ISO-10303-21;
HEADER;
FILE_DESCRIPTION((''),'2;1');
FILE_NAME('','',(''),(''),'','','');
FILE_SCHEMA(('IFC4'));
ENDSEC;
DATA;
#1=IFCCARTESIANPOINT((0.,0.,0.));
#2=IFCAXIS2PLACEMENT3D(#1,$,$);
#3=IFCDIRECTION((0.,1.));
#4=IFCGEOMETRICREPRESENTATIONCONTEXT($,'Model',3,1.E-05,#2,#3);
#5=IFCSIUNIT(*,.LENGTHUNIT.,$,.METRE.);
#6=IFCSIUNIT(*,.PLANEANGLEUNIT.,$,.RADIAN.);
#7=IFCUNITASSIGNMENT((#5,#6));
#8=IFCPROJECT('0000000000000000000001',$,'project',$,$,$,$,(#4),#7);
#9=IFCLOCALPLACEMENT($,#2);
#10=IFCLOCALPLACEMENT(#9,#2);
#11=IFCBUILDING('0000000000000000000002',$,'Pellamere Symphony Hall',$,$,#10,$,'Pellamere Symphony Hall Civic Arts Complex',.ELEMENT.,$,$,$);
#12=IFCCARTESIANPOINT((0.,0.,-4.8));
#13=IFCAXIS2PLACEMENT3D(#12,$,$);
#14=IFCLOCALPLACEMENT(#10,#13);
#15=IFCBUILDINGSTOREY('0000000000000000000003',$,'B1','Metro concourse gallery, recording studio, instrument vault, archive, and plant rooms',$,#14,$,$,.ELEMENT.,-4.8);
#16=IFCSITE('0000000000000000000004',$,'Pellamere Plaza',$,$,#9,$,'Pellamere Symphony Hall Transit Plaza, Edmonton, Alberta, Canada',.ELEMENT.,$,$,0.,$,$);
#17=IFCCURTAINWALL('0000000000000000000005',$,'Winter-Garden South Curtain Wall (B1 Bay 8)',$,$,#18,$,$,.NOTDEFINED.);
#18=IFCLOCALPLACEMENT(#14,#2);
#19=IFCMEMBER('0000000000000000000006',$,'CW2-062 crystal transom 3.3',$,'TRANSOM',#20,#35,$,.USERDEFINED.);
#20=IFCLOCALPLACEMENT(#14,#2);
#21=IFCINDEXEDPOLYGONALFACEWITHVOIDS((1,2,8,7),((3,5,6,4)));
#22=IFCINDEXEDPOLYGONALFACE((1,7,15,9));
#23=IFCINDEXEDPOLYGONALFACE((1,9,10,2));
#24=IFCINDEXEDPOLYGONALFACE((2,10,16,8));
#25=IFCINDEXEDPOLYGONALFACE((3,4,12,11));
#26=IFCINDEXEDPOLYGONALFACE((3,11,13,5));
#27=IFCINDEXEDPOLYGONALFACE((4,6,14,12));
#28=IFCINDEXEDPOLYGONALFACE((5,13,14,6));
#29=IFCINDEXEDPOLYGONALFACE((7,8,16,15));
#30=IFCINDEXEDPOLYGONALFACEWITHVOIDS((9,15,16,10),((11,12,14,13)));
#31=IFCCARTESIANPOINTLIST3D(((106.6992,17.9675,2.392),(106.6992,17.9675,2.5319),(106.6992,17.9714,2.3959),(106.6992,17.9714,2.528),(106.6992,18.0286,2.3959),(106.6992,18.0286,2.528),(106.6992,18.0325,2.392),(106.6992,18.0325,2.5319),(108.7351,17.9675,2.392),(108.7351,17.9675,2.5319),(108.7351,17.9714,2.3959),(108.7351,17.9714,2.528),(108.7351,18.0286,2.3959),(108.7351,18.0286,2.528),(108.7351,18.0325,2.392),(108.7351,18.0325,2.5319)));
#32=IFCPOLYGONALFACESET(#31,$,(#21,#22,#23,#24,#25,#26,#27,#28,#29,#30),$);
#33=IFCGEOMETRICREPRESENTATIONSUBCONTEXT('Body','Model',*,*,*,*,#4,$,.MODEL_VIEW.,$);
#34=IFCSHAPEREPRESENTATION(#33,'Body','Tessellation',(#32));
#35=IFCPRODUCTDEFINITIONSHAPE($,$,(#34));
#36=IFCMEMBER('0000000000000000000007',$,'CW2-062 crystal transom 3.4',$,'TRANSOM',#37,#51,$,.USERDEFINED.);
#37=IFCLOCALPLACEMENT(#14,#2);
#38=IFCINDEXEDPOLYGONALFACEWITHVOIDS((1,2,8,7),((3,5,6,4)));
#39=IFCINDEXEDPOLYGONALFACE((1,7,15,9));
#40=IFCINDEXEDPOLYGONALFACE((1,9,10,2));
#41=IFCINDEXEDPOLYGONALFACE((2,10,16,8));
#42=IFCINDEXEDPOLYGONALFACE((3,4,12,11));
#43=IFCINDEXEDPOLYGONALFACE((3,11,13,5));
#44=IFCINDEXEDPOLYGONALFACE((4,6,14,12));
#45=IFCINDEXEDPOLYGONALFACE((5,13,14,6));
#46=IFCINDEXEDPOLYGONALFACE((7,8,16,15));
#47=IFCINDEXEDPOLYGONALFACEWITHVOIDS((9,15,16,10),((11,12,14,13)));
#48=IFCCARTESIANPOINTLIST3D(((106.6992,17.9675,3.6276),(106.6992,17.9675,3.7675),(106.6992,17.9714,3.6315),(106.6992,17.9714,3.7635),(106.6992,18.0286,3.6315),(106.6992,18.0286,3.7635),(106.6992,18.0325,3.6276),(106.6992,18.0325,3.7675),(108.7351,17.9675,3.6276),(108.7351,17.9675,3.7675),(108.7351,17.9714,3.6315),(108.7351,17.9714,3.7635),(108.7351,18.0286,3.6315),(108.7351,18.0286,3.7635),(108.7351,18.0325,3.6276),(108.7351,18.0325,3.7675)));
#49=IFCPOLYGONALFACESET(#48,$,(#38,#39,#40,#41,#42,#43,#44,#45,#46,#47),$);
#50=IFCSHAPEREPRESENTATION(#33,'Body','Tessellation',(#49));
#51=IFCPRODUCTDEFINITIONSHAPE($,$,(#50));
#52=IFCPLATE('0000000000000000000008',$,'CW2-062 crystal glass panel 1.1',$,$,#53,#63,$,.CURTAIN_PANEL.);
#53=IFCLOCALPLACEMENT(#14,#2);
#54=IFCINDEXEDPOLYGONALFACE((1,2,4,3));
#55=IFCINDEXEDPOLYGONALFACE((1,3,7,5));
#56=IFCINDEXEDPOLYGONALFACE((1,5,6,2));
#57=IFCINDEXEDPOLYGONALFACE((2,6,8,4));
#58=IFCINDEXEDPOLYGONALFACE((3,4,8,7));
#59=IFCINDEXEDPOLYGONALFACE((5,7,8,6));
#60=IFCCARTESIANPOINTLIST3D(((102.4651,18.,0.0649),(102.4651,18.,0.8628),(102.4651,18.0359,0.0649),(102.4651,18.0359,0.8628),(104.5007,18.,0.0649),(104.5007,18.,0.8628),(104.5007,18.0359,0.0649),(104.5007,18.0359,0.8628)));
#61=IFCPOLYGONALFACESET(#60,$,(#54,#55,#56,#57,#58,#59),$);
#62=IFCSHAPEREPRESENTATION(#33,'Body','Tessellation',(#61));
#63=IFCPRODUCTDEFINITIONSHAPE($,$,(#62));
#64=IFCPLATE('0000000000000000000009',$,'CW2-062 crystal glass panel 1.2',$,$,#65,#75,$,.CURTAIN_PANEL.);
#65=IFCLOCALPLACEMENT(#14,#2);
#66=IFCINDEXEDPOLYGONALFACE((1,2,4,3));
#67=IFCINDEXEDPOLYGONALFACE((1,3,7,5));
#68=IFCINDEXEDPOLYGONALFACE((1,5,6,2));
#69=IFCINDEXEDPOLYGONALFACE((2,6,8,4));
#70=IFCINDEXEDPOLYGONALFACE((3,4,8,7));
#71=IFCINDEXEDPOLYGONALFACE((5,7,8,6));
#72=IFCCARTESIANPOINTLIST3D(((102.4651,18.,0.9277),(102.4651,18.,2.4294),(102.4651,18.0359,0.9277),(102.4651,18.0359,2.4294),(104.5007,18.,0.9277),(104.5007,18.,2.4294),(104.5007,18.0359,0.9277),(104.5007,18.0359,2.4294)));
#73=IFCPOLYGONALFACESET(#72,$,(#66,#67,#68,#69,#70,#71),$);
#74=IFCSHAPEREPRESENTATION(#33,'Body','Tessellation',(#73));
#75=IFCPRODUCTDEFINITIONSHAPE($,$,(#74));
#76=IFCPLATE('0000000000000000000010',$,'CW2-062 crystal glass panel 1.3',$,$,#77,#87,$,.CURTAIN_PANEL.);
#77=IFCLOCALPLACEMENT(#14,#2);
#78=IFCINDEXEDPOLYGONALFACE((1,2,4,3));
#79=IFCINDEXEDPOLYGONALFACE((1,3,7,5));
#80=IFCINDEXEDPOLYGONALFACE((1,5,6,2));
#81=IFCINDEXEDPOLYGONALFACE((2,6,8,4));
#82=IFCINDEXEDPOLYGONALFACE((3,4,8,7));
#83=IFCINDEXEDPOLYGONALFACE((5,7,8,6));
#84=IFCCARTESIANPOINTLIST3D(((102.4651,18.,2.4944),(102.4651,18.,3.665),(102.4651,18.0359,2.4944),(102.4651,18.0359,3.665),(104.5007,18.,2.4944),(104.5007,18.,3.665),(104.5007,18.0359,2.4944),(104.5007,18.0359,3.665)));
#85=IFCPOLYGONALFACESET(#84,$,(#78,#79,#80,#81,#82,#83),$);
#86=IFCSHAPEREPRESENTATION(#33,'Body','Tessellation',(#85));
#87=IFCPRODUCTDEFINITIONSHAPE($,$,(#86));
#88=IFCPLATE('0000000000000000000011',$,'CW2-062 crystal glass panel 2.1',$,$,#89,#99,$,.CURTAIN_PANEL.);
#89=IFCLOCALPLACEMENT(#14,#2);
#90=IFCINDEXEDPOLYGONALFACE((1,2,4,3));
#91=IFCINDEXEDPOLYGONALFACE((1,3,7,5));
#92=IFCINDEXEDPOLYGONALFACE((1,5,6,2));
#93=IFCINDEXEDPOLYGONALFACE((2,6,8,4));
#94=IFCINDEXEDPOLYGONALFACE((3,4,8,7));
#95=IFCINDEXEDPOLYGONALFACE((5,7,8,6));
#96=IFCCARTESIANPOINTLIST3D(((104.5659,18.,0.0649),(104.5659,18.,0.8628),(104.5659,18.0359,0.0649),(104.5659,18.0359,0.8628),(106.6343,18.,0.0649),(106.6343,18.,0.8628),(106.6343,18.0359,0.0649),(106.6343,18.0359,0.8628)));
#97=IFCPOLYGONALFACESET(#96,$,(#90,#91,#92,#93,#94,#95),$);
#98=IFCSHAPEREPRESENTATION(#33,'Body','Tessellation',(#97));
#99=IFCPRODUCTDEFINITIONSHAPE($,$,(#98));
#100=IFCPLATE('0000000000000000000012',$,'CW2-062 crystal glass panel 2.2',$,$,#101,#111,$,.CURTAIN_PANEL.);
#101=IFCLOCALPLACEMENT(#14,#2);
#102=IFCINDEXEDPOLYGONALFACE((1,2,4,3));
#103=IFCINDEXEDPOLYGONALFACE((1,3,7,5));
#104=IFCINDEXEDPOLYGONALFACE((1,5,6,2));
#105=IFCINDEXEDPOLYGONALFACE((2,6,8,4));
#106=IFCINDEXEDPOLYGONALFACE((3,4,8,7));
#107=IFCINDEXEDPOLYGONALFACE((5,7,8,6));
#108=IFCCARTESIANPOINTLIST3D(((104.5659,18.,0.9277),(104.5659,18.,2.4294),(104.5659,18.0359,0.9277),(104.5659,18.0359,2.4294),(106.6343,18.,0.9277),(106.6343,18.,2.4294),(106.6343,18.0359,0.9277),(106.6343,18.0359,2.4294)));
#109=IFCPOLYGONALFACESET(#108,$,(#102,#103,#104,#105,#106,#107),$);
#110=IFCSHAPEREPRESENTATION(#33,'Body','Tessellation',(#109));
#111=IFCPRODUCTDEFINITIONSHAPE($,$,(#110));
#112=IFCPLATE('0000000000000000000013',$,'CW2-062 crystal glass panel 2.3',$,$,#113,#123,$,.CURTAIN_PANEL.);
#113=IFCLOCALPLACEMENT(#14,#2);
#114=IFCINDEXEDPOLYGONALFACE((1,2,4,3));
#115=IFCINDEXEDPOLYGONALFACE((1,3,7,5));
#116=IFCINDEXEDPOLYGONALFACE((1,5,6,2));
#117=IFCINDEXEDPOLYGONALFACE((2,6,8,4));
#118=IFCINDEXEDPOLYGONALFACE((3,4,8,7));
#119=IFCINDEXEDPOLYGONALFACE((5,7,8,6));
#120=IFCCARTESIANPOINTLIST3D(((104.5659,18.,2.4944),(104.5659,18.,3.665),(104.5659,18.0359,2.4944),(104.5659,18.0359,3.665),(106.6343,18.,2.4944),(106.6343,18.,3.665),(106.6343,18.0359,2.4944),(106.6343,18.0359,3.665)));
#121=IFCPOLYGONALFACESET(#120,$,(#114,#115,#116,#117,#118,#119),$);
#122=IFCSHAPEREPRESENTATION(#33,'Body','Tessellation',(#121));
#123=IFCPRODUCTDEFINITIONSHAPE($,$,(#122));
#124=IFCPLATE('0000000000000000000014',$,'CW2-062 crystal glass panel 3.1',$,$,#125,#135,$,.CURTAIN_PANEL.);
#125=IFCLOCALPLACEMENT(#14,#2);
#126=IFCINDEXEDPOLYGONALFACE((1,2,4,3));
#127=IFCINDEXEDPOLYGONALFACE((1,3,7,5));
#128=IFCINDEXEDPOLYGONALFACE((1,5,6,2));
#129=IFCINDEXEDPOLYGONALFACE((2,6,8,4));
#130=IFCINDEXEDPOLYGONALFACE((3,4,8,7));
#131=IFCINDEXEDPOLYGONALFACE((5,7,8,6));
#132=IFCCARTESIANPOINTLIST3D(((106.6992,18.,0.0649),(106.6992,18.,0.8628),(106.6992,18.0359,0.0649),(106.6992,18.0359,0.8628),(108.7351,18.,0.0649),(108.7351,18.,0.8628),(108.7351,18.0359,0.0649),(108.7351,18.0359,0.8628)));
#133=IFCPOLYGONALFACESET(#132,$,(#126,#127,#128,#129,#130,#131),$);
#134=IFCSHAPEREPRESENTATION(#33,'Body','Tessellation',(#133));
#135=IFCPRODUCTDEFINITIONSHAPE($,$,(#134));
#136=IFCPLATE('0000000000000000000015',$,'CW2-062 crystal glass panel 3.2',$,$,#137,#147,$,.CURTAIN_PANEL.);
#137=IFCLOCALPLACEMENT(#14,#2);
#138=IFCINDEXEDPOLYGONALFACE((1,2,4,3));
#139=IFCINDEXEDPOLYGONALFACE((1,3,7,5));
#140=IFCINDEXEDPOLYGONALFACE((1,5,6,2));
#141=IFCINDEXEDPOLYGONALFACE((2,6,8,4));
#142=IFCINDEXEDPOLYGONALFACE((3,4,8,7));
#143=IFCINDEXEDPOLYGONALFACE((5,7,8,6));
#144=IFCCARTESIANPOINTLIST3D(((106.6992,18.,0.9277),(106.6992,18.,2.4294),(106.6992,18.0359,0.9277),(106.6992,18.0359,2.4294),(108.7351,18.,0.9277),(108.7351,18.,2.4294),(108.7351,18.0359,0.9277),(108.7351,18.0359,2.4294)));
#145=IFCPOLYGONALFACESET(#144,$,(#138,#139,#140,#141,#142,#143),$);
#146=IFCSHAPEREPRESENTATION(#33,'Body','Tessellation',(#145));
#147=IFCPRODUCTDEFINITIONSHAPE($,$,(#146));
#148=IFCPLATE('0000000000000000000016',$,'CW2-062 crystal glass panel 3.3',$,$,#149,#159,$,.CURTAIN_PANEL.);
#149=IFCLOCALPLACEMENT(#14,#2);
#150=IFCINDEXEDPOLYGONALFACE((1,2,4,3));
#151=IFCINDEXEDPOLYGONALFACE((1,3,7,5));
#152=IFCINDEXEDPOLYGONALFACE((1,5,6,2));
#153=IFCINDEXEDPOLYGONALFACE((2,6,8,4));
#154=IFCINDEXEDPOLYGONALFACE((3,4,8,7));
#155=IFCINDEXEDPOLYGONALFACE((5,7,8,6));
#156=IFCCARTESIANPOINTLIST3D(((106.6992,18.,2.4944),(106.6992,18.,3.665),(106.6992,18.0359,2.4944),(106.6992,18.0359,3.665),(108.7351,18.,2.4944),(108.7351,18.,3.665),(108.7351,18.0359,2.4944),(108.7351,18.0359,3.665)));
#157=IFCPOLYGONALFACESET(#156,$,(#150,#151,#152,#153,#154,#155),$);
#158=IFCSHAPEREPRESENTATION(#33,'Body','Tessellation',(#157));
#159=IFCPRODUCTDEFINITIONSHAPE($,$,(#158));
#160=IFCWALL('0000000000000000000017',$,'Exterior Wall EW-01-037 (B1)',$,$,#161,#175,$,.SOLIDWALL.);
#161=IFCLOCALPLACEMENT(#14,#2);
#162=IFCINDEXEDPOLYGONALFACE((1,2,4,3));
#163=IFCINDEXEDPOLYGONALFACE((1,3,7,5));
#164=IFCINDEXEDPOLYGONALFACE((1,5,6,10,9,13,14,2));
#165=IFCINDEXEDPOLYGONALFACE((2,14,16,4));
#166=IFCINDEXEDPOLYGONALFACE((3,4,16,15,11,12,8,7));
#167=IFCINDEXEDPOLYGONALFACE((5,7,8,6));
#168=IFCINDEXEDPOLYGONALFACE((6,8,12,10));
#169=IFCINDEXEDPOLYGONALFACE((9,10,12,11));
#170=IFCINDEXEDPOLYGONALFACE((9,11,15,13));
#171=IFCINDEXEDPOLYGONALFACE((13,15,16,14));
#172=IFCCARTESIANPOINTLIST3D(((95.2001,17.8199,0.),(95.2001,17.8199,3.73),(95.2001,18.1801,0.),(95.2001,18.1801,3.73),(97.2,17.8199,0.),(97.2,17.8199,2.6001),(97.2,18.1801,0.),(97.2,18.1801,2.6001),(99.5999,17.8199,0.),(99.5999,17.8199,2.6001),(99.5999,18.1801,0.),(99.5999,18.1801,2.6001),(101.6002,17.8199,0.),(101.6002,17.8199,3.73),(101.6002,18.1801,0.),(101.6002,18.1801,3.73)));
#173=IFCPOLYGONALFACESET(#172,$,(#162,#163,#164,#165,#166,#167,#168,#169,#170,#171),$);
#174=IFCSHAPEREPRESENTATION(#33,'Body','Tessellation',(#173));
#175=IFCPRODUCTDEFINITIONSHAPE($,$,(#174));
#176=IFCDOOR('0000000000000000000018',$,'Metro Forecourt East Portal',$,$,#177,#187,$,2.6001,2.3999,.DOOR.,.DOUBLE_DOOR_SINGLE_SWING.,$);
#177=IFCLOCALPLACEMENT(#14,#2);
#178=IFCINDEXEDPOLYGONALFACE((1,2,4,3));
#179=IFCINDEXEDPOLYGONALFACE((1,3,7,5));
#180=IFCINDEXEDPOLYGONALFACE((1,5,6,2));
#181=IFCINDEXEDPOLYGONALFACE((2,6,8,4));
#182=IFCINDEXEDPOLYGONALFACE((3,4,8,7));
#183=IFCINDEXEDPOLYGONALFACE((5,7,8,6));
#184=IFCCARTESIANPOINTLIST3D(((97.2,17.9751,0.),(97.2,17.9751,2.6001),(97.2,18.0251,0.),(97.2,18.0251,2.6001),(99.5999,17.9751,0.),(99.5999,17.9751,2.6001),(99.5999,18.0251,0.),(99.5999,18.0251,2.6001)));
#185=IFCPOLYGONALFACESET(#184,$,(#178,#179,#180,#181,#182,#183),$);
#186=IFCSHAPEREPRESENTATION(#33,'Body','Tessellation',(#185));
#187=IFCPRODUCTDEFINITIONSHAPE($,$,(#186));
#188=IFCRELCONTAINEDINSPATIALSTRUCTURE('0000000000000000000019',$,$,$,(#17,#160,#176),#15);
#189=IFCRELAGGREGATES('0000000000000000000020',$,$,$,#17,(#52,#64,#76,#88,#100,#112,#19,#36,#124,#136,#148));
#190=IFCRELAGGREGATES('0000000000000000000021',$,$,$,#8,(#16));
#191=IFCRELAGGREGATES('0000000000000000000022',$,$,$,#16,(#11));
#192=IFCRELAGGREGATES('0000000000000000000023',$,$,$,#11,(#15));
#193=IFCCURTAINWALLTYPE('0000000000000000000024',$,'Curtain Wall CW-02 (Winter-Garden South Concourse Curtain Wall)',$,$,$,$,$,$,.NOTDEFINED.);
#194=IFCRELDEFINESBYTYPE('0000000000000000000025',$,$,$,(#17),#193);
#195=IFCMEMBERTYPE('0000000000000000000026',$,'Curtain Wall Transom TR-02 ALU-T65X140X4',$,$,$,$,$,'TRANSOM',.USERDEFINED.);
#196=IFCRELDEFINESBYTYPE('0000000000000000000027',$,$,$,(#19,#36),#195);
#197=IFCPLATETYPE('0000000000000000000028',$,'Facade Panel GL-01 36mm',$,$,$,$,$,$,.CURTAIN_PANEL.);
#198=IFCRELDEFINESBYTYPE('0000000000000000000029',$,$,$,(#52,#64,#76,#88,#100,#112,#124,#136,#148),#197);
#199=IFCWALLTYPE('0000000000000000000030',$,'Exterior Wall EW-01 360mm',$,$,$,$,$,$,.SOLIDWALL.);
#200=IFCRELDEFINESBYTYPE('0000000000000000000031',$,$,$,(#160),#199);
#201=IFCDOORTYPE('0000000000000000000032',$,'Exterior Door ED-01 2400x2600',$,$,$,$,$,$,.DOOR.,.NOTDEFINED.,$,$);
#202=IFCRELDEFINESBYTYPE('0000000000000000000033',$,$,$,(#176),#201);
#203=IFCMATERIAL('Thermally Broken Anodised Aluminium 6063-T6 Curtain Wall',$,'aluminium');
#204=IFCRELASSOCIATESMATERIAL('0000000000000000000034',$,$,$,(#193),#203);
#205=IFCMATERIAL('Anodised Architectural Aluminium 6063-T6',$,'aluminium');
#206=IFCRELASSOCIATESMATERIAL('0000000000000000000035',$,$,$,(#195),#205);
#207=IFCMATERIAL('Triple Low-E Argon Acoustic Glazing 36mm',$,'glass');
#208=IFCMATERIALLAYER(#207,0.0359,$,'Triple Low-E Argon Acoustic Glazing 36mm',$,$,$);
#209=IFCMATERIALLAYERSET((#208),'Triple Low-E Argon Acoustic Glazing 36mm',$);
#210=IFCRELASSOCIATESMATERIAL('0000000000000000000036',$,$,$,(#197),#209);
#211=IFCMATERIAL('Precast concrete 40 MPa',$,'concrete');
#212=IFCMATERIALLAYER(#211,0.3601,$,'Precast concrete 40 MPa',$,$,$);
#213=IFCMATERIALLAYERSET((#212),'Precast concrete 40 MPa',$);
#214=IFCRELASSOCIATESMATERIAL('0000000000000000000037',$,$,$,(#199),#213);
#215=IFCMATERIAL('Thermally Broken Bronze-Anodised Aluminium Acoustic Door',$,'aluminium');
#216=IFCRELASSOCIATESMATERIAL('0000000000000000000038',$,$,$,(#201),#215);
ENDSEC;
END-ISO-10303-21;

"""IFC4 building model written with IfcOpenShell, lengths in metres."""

from ifc_helpers import new_model, si_unit, direction, frame, frame_2d, origin, origin_2d, place, context, subcontext, project, spatial, polyline, rectangle, hollow_rectangle, outline, extrude, material, layer, layer_set, material_profile, profile_set, type_object, element, fill, aggregate, save


model = new_model("IFC4")

# Units and contexts
model_context = context("Model", 3, precision=1e-05, world=origin(), true_north=direction((0.0, 1.0)))
body_context = subcontext(model_context, "Body", "Model", "MODEL_VIEW")
ifc_project = project(units=[si_unit("LENGTHUNIT", "METRE"), si_unit("PLANEANGLEUNIT", "RADIAN")], contexts=[model_context])

# Site, building, storey
site_placement = place(None, origin())
site = spatial("IfcSite", under=ifc_project, at=site_placement, Name="Pellamere Plaza", LongName="Pellamere Symphony Hall Transit Plaza, Edmonton, Alberta, Canada", CompositionType="ELEMENT", RefElevation=0.0)
building_placement = place(site_placement, origin())
building = spatial("IfcBuilding", under=site, at=building_placement, Name="Pellamere Symphony Hall", LongName="Pellamere Symphony Hall Civic Arts Complex", CompositionType="ELEMENT")
storey_placement = place(building_placement, frame((0.0, 0.0, -4.8)))
storey = spatial("IfcBuildingStorey", under=building, at=storey_placement, Name="B1", Description="Metro concourse gallery, recording studio, instrument vault, archive, and plant rooms", CompositionType="ELEMENT", Elevation=-4.8)

# Shared definitions
ifc_material_1 = material(Name="Thermally Broken Anodised Aluminium 6063-T6 Curtain Wall", Category="aluminium")
curtain_wall_type = type_object("IfcCurtainWallType", Name="Curtain Wall CW-02 (Winter-Garden South Concourse Curtain Wall)", PredefinedType="NOTDEFINED", material=ifc_material_1)
ifc_material_2 = material(Name="Anodised Architectural Aluminium 6063-T6", Category="aluminium")

# Curtain wall, members, plates
curtain_wall_1_placement = place(storey_placement, origin())
curtain_wall_1 = element("IfcCurtainWall", 1, at=curtain_wall_1_placement, inside=storey, type_object=curtain_wall_type, Name="Winter-Garden South Curtain Wall (B1 Bay 8)", PredefinedType="NOTDEFINED")
ifc_material_profile_1 = material_profile(ifc_material_2, hollow_rectangle(XDim=0.0649, YDim=0.1399, WallThickness=0.0039, at=origin_2d()), Name="ALU-T65X140X4")
ifc_profile_set_1 = profile_set([ifc_material_profile_1], Name="Anodised Architectural Aluminium 6063-T6")
member_type_1 = type_object("IfcMemberType", Name="Curtain Wall Transom TR-02 ALU-T65X140X4", ElementType="TRANSOM", PredefinedType="USERDEFINED", material=ifc_profile_set_1)
member_1_placement = place(storey_placement, frame((106.6992, 18.0, 2.4619), z_axis=(1.0, 0.0, 0.0), x_axis=(0.0, 1.0, 0.0)))
member_1 = element("IfcMember", 2, at=member_1_placement, type_object=member_type_1, Name="CW2-062 crystal transom 3.3", ObjectType="TRANSOM", PredefinedType="USERDEFINED", context=body_context, shape_type="SweptSolid", body=[
    extrude(hollow_rectangle(XDim=0.0649, YDim=0.1399, WallThickness=0.0039, at=origin_2d()), origin(), (0.0, 0.0, 1.0), 2.0359),
])
member_2_placement = place(storey_placement, frame((106.6992, 18.0, 3.6975), z_axis=(1.0, 0.0, 0.0), x_axis=(0.0, 1.0, 0.0)))
member_2 = element("IfcMember", 3, at=member_2_placement, type_object=member_type_1, Name="CW2-062 crystal transom 3.4", ObjectType="TRANSOM", PredefinedType="USERDEFINED", context=body_context, shape_type="SweptSolid", body=[
    extrude(hollow_rectangle(XDim=0.0649, YDim=0.1399, WallThickness=0.0039, at=origin_2d()), origin(), (0.0, 0.0, 1.0), 2.0359),
])
ifc_material_3 = material(Name="Triple Low-E Argon Acoustic Glazing 36mm", Category="glass")
ifc_layer_1 = layer(ifc_material_3, 0.0359, Name="Triple Low-E Argon Acoustic Glazing 36mm")
ifc_layer_set_1 = layer_set([ifc_layer_1], Name="Triple Low-E Argon Acoustic Glazing 36mm")
plate_type = type_object("IfcPlateType", Name="Facade Panel GL-01 36mm", PredefinedType="CURTAIN_PANEL", material=ifc_layer_set_1)
plate_1_placement = place(storey_placement, frame((102.4651, 18.0, 0.0649), z_axis=(0.0, -1.0, 0.0), x_axis=(1.0, 0.0, 0.0)))
plate_1 = element("IfcPlate", 4, at=plate_1_placement, type_object=plate_type, Name="CW2-062 crystal glass panel 1.1", PredefinedType="CURTAIN_PANEL", context=body_context, shape_type="SweptSolid", body=[
    extrude(outline(polyline([(0.0, 0.0), (2.0356, 0.0), (2.0356, 0.7979), (0.0, 0.7979), (0.0, 0.0)])), origin(), (0.0, 0.0, -1.0), 0.0359),
])
plate_2_placement = place(storey_placement, frame((102.4651, 18.0, 0.9277), z_axis=(0.0, -1.0, 0.0), x_axis=(1.0, 0.0, 0.0)))
plate_2 = element("IfcPlate", 5, at=plate_2_placement, type_object=plate_type, Name="CW2-062 crystal glass panel 1.2", PredefinedType="CURTAIN_PANEL", context=body_context, shape_type="SweptSolid", body=[
    extrude(outline(polyline([(0.0, 0.0), (2.0356, 0.0), (2.0356, 1.5017), (0.0, 1.5017), (0.0, 0.0)])), origin(), (0.0, 0.0, -1.0), 0.0359),
])
plate_3_placement = place(storey_placement, frame((102.4651, 18.0, 2.4944), z_axis=(0.0, -1.0, 0.0), x_axis=(1.0, 0.0, 0.0)))
plate_3 = element("IfcPlate", 6, at=plate_3_placement, type_object=plate_type, Name="CW2-062 crystal glass panel 1.3", PredefinedType="CURTAIN_PANEL", context=body_context, shape_type="SweptSolid", body=[
    extrude(outline(polyline([(0.0, 0.0), (2.0356, 0.0), (2.0356, 1.1707), (0.0, 1.1707), (0.0, 0.0)])), origin(), (0.0, 0.0, -1.0), 0.0359),
])
plate_4_placement = place(storey_placement, frame((104.5659, 18.0, 0.0649), z_axis=(0.0, -1.0, 0.0), x_axis=(1.0, 0.0, 0.0)))
plate_4 = element("IfcPlate", 7, at=plate_4_placement, type_object=plate_type, Name="CW2-062 crystal glass panel 2.1", PredefinedType="CURTAIN_PANEL", context=body_context, shape_type="SweptSolid", body=[
    extrude(outline(polyline([(0.0, 0.0), (2.0684, 0.0), (2.0684, 0.7979), (0.0, 0.7979), (0.0, 0.0)])), origin(), (0.0, 0.0, -1.0), 0.0359),
])
plate_5_placement = place(storey_placement, frame((104.5659, 18.0, 0.9277), z_axis=(0.0, -1.0, 0.0), x_axis=(1.0, 0.0, 0.0)))
plate_5 = element("IfcPlate", 8, at=plate_5_placement, type_object=plate_type, Name="CW2-062 crystal glass panel 2.2", PredefinedType="CURTAIN_PANEL", context=body_context, shape_type="SweptSolid", body=[
    extrude(outline(polyline([(0.0, 0.0), (2.0684, 0.0), (2.0684, 1.5017), (0.0, 1.5017), (0.0, 0.0)])), origin(), (0.0, 0.0, -1.0), 0.0359),
])
plate_6_placement = place(storey_placement, frame((104.5659, 18.0, 2.4944), z_axis=(0.0, -1.0, 0.0), x_axis=(1.0, 0.0, 0.0)))
plate_6 = element("IfcPlate", 9, at=plate_6_placement, type_object=plate_type, Name="CW2-062 crystal glass panel 2.3", PredefinedType="CURTAIN_PANEL", context=body_context, shape_type="SweptSolid", body=[
    extrude(outline(polyline([(0.0, 0.0), (2.0684, 0.0), (2.0684, 1.1707), (0.0, 1.1707), (0.0, 0.0)])), origin(), (0.0, 0.0, -1.0), 0.0359),
])
plate_7_placement = place(storey_placement, frame((106.6992, 18.0, 0.0649), z_axis=(0.0, -1.0, 0.0), x_axis=(1.0, 0.0, 0.0)))
plate_7 = element("IfcPlate", 10, at=plate_7_placement, type_object=plate_type, Name="CW2-062 crystal glass panel 3.1", PredefinedType="CURTAIN_PANEL", context=body_context, shape_type="SweptSolid", body=[
    extrude(outline(polyline([(0.0, 0.0), (2.0359, 0.0), (2.0359, 0.7979), (0.0, 0.7979), (0.0, 0.0)])), origin(), (0.0, 0.0, -1.0), 0.0359),
])
plate_8_placement = place(storey_placement, frame((106.6992, 18.0, 0.9277), z_axis=(0.0, -1.0, 0.0), x_axis=(1.0, 0.0, 0.0)))
plate_8 = element("IfcPlate", 11, at=plate_8_placement, type_object=plate_type, Name="CW2-062 crystal glass panel 3.2", PredefinedType="CURTAIN_PANEL", context=body_context, shape_type="SweptSolid", body=[
    extrude(outline(polyline([(0.0, 0.0), (2.0359, 0.0), (2.0359, 1.5017), (0.0, 1.5017), (0.0, 0.0)])), origin(), (0.0, 0.0, -1.0), 0.0359),
])
plate_9_placement = place(storey_placement, frame((106.6992, 18.0, 2.4944), z_axis=(0.0, -1.0, 0.0), x_axis=(1.0, 0.0, 0.0)))
plate_9 = element("IfcPlate", 12, at=plate_9_placement, type_object=plate_type, Name="CW2-062 crystal glass panel 3.3", PredefinedType="CURTAIN_PANEL", context=body_context, shape_type="SweptSolid", body=[
    extrude(outline(polyline([(0.0, 0.0), (2.0359, 0.0), (2.0359, 1.1707), (0.0, 1.1707), (0.0, 0.0)])), origin(), (0.0, 0.0, -1.0), 0.0359),
])
aggregate(curtain_wall_1, [plate_1, plate_2, plate_3, plate_4, plate_5, plate_6, member_1, member_2, plate_7, plate_8, plate_9])

# Wall, opening, door
ifc_material_4 = material(Name="Precast concrete 40 MPa", Category="concrete")
ifc_layer_2 = layer(ifc_material_4, 0.3601, Name="Precast concrete 40 MPa")
ifc_layer_set_2 = layer_set([ifc_layer_2], Name="Precast concrete 40 MPa")
wall_type = type_object("IfcWallType", Name="Exterior Wall EW-01 360mm", PredefinedType="SOLIDWALL", material=ifc_layer_set_2)
wall_placement = place(storey_placement, frame((95.2, 18.0, 0.0), z_axis=(0.0, 0.0, 1.0), x_axis=(1.0, 0.0, 0.0)))
wall = element("IfcWall", 13, at=wall_placement, inside=storey, type_object=wall_type, Name="Exterior Wall EW-01-037 (B1)", PredefinedType="SOLIDWALL", context=body_context, shape_type="SweptSolid", body=[
    extrude(rectangle(XDim=6.4001, YDim=0.3601, at=frame_2d((3.2002, 0.0))), origin(), (0.0, 0.0, 1.0), 3.73),
])
opening_placement = place(wall_placement, frame((2.0, 0.0, 0.0)))
opening = element("IfcOpeningElement", 14, at=opening_placement, cuts=wall, PredefinedType="OPENING", context=body_context, shape_type="SweptSolid", body=[
    extrude(rectangle(XDim=2.3999, YDim=2.6001, at=frame_2d((1.2, 1.3))), frame((0.0, 0.1899, 0.0), z_axis=(0.0, -1.0, 0.0), x_axis=(1.0, 0.0, 0.0)), (0.0, 0.0, 1.0), 0.3801),
])
ifc_material_5 = material(Name="Thermally Broken Bronze-Anodised Aluminium Acoustic Door", Category="aluminium")
door_type = type_object("IfcDoorType", Name="Exterior Door ED-01 2400x2600", OperationType="NOTDEFINED", PredefinedType="DOOR", material=ifc_material_5)
door_placement = place(opening_placement, frame((2.3999, 0.0, 0.0), z_axis=(0.0, 0.0, 1.0), x_axis=(-1.0, 0.0, 0.0)))
door = element("IfcDoor", 15, at=door_placement, inside=storey, type_object=door_type, Name="Metro Forecourt East Portal", OperationType="DOUBLE_DOOR_SINGLE_SWING", OverallHeight=2.6001, OverallWidth=2.3999, PredefinedType="DOOR", context=body_context, shape_type="SweptSolid", body=[
    extrude(rectangle(XDim=2.3999, YDim=2.6001, at=frame_2d((1.2, 1.3))), frame((0.0, 0.0249, 0.0), z_axis=(0.0, -1.0, 0.0), x_axis=(1.0, 0.0, 0.0)), (0.0, 0.0, 1.0), 0.05),
])
fill(opening, door)

save(model, "model.ifc")
